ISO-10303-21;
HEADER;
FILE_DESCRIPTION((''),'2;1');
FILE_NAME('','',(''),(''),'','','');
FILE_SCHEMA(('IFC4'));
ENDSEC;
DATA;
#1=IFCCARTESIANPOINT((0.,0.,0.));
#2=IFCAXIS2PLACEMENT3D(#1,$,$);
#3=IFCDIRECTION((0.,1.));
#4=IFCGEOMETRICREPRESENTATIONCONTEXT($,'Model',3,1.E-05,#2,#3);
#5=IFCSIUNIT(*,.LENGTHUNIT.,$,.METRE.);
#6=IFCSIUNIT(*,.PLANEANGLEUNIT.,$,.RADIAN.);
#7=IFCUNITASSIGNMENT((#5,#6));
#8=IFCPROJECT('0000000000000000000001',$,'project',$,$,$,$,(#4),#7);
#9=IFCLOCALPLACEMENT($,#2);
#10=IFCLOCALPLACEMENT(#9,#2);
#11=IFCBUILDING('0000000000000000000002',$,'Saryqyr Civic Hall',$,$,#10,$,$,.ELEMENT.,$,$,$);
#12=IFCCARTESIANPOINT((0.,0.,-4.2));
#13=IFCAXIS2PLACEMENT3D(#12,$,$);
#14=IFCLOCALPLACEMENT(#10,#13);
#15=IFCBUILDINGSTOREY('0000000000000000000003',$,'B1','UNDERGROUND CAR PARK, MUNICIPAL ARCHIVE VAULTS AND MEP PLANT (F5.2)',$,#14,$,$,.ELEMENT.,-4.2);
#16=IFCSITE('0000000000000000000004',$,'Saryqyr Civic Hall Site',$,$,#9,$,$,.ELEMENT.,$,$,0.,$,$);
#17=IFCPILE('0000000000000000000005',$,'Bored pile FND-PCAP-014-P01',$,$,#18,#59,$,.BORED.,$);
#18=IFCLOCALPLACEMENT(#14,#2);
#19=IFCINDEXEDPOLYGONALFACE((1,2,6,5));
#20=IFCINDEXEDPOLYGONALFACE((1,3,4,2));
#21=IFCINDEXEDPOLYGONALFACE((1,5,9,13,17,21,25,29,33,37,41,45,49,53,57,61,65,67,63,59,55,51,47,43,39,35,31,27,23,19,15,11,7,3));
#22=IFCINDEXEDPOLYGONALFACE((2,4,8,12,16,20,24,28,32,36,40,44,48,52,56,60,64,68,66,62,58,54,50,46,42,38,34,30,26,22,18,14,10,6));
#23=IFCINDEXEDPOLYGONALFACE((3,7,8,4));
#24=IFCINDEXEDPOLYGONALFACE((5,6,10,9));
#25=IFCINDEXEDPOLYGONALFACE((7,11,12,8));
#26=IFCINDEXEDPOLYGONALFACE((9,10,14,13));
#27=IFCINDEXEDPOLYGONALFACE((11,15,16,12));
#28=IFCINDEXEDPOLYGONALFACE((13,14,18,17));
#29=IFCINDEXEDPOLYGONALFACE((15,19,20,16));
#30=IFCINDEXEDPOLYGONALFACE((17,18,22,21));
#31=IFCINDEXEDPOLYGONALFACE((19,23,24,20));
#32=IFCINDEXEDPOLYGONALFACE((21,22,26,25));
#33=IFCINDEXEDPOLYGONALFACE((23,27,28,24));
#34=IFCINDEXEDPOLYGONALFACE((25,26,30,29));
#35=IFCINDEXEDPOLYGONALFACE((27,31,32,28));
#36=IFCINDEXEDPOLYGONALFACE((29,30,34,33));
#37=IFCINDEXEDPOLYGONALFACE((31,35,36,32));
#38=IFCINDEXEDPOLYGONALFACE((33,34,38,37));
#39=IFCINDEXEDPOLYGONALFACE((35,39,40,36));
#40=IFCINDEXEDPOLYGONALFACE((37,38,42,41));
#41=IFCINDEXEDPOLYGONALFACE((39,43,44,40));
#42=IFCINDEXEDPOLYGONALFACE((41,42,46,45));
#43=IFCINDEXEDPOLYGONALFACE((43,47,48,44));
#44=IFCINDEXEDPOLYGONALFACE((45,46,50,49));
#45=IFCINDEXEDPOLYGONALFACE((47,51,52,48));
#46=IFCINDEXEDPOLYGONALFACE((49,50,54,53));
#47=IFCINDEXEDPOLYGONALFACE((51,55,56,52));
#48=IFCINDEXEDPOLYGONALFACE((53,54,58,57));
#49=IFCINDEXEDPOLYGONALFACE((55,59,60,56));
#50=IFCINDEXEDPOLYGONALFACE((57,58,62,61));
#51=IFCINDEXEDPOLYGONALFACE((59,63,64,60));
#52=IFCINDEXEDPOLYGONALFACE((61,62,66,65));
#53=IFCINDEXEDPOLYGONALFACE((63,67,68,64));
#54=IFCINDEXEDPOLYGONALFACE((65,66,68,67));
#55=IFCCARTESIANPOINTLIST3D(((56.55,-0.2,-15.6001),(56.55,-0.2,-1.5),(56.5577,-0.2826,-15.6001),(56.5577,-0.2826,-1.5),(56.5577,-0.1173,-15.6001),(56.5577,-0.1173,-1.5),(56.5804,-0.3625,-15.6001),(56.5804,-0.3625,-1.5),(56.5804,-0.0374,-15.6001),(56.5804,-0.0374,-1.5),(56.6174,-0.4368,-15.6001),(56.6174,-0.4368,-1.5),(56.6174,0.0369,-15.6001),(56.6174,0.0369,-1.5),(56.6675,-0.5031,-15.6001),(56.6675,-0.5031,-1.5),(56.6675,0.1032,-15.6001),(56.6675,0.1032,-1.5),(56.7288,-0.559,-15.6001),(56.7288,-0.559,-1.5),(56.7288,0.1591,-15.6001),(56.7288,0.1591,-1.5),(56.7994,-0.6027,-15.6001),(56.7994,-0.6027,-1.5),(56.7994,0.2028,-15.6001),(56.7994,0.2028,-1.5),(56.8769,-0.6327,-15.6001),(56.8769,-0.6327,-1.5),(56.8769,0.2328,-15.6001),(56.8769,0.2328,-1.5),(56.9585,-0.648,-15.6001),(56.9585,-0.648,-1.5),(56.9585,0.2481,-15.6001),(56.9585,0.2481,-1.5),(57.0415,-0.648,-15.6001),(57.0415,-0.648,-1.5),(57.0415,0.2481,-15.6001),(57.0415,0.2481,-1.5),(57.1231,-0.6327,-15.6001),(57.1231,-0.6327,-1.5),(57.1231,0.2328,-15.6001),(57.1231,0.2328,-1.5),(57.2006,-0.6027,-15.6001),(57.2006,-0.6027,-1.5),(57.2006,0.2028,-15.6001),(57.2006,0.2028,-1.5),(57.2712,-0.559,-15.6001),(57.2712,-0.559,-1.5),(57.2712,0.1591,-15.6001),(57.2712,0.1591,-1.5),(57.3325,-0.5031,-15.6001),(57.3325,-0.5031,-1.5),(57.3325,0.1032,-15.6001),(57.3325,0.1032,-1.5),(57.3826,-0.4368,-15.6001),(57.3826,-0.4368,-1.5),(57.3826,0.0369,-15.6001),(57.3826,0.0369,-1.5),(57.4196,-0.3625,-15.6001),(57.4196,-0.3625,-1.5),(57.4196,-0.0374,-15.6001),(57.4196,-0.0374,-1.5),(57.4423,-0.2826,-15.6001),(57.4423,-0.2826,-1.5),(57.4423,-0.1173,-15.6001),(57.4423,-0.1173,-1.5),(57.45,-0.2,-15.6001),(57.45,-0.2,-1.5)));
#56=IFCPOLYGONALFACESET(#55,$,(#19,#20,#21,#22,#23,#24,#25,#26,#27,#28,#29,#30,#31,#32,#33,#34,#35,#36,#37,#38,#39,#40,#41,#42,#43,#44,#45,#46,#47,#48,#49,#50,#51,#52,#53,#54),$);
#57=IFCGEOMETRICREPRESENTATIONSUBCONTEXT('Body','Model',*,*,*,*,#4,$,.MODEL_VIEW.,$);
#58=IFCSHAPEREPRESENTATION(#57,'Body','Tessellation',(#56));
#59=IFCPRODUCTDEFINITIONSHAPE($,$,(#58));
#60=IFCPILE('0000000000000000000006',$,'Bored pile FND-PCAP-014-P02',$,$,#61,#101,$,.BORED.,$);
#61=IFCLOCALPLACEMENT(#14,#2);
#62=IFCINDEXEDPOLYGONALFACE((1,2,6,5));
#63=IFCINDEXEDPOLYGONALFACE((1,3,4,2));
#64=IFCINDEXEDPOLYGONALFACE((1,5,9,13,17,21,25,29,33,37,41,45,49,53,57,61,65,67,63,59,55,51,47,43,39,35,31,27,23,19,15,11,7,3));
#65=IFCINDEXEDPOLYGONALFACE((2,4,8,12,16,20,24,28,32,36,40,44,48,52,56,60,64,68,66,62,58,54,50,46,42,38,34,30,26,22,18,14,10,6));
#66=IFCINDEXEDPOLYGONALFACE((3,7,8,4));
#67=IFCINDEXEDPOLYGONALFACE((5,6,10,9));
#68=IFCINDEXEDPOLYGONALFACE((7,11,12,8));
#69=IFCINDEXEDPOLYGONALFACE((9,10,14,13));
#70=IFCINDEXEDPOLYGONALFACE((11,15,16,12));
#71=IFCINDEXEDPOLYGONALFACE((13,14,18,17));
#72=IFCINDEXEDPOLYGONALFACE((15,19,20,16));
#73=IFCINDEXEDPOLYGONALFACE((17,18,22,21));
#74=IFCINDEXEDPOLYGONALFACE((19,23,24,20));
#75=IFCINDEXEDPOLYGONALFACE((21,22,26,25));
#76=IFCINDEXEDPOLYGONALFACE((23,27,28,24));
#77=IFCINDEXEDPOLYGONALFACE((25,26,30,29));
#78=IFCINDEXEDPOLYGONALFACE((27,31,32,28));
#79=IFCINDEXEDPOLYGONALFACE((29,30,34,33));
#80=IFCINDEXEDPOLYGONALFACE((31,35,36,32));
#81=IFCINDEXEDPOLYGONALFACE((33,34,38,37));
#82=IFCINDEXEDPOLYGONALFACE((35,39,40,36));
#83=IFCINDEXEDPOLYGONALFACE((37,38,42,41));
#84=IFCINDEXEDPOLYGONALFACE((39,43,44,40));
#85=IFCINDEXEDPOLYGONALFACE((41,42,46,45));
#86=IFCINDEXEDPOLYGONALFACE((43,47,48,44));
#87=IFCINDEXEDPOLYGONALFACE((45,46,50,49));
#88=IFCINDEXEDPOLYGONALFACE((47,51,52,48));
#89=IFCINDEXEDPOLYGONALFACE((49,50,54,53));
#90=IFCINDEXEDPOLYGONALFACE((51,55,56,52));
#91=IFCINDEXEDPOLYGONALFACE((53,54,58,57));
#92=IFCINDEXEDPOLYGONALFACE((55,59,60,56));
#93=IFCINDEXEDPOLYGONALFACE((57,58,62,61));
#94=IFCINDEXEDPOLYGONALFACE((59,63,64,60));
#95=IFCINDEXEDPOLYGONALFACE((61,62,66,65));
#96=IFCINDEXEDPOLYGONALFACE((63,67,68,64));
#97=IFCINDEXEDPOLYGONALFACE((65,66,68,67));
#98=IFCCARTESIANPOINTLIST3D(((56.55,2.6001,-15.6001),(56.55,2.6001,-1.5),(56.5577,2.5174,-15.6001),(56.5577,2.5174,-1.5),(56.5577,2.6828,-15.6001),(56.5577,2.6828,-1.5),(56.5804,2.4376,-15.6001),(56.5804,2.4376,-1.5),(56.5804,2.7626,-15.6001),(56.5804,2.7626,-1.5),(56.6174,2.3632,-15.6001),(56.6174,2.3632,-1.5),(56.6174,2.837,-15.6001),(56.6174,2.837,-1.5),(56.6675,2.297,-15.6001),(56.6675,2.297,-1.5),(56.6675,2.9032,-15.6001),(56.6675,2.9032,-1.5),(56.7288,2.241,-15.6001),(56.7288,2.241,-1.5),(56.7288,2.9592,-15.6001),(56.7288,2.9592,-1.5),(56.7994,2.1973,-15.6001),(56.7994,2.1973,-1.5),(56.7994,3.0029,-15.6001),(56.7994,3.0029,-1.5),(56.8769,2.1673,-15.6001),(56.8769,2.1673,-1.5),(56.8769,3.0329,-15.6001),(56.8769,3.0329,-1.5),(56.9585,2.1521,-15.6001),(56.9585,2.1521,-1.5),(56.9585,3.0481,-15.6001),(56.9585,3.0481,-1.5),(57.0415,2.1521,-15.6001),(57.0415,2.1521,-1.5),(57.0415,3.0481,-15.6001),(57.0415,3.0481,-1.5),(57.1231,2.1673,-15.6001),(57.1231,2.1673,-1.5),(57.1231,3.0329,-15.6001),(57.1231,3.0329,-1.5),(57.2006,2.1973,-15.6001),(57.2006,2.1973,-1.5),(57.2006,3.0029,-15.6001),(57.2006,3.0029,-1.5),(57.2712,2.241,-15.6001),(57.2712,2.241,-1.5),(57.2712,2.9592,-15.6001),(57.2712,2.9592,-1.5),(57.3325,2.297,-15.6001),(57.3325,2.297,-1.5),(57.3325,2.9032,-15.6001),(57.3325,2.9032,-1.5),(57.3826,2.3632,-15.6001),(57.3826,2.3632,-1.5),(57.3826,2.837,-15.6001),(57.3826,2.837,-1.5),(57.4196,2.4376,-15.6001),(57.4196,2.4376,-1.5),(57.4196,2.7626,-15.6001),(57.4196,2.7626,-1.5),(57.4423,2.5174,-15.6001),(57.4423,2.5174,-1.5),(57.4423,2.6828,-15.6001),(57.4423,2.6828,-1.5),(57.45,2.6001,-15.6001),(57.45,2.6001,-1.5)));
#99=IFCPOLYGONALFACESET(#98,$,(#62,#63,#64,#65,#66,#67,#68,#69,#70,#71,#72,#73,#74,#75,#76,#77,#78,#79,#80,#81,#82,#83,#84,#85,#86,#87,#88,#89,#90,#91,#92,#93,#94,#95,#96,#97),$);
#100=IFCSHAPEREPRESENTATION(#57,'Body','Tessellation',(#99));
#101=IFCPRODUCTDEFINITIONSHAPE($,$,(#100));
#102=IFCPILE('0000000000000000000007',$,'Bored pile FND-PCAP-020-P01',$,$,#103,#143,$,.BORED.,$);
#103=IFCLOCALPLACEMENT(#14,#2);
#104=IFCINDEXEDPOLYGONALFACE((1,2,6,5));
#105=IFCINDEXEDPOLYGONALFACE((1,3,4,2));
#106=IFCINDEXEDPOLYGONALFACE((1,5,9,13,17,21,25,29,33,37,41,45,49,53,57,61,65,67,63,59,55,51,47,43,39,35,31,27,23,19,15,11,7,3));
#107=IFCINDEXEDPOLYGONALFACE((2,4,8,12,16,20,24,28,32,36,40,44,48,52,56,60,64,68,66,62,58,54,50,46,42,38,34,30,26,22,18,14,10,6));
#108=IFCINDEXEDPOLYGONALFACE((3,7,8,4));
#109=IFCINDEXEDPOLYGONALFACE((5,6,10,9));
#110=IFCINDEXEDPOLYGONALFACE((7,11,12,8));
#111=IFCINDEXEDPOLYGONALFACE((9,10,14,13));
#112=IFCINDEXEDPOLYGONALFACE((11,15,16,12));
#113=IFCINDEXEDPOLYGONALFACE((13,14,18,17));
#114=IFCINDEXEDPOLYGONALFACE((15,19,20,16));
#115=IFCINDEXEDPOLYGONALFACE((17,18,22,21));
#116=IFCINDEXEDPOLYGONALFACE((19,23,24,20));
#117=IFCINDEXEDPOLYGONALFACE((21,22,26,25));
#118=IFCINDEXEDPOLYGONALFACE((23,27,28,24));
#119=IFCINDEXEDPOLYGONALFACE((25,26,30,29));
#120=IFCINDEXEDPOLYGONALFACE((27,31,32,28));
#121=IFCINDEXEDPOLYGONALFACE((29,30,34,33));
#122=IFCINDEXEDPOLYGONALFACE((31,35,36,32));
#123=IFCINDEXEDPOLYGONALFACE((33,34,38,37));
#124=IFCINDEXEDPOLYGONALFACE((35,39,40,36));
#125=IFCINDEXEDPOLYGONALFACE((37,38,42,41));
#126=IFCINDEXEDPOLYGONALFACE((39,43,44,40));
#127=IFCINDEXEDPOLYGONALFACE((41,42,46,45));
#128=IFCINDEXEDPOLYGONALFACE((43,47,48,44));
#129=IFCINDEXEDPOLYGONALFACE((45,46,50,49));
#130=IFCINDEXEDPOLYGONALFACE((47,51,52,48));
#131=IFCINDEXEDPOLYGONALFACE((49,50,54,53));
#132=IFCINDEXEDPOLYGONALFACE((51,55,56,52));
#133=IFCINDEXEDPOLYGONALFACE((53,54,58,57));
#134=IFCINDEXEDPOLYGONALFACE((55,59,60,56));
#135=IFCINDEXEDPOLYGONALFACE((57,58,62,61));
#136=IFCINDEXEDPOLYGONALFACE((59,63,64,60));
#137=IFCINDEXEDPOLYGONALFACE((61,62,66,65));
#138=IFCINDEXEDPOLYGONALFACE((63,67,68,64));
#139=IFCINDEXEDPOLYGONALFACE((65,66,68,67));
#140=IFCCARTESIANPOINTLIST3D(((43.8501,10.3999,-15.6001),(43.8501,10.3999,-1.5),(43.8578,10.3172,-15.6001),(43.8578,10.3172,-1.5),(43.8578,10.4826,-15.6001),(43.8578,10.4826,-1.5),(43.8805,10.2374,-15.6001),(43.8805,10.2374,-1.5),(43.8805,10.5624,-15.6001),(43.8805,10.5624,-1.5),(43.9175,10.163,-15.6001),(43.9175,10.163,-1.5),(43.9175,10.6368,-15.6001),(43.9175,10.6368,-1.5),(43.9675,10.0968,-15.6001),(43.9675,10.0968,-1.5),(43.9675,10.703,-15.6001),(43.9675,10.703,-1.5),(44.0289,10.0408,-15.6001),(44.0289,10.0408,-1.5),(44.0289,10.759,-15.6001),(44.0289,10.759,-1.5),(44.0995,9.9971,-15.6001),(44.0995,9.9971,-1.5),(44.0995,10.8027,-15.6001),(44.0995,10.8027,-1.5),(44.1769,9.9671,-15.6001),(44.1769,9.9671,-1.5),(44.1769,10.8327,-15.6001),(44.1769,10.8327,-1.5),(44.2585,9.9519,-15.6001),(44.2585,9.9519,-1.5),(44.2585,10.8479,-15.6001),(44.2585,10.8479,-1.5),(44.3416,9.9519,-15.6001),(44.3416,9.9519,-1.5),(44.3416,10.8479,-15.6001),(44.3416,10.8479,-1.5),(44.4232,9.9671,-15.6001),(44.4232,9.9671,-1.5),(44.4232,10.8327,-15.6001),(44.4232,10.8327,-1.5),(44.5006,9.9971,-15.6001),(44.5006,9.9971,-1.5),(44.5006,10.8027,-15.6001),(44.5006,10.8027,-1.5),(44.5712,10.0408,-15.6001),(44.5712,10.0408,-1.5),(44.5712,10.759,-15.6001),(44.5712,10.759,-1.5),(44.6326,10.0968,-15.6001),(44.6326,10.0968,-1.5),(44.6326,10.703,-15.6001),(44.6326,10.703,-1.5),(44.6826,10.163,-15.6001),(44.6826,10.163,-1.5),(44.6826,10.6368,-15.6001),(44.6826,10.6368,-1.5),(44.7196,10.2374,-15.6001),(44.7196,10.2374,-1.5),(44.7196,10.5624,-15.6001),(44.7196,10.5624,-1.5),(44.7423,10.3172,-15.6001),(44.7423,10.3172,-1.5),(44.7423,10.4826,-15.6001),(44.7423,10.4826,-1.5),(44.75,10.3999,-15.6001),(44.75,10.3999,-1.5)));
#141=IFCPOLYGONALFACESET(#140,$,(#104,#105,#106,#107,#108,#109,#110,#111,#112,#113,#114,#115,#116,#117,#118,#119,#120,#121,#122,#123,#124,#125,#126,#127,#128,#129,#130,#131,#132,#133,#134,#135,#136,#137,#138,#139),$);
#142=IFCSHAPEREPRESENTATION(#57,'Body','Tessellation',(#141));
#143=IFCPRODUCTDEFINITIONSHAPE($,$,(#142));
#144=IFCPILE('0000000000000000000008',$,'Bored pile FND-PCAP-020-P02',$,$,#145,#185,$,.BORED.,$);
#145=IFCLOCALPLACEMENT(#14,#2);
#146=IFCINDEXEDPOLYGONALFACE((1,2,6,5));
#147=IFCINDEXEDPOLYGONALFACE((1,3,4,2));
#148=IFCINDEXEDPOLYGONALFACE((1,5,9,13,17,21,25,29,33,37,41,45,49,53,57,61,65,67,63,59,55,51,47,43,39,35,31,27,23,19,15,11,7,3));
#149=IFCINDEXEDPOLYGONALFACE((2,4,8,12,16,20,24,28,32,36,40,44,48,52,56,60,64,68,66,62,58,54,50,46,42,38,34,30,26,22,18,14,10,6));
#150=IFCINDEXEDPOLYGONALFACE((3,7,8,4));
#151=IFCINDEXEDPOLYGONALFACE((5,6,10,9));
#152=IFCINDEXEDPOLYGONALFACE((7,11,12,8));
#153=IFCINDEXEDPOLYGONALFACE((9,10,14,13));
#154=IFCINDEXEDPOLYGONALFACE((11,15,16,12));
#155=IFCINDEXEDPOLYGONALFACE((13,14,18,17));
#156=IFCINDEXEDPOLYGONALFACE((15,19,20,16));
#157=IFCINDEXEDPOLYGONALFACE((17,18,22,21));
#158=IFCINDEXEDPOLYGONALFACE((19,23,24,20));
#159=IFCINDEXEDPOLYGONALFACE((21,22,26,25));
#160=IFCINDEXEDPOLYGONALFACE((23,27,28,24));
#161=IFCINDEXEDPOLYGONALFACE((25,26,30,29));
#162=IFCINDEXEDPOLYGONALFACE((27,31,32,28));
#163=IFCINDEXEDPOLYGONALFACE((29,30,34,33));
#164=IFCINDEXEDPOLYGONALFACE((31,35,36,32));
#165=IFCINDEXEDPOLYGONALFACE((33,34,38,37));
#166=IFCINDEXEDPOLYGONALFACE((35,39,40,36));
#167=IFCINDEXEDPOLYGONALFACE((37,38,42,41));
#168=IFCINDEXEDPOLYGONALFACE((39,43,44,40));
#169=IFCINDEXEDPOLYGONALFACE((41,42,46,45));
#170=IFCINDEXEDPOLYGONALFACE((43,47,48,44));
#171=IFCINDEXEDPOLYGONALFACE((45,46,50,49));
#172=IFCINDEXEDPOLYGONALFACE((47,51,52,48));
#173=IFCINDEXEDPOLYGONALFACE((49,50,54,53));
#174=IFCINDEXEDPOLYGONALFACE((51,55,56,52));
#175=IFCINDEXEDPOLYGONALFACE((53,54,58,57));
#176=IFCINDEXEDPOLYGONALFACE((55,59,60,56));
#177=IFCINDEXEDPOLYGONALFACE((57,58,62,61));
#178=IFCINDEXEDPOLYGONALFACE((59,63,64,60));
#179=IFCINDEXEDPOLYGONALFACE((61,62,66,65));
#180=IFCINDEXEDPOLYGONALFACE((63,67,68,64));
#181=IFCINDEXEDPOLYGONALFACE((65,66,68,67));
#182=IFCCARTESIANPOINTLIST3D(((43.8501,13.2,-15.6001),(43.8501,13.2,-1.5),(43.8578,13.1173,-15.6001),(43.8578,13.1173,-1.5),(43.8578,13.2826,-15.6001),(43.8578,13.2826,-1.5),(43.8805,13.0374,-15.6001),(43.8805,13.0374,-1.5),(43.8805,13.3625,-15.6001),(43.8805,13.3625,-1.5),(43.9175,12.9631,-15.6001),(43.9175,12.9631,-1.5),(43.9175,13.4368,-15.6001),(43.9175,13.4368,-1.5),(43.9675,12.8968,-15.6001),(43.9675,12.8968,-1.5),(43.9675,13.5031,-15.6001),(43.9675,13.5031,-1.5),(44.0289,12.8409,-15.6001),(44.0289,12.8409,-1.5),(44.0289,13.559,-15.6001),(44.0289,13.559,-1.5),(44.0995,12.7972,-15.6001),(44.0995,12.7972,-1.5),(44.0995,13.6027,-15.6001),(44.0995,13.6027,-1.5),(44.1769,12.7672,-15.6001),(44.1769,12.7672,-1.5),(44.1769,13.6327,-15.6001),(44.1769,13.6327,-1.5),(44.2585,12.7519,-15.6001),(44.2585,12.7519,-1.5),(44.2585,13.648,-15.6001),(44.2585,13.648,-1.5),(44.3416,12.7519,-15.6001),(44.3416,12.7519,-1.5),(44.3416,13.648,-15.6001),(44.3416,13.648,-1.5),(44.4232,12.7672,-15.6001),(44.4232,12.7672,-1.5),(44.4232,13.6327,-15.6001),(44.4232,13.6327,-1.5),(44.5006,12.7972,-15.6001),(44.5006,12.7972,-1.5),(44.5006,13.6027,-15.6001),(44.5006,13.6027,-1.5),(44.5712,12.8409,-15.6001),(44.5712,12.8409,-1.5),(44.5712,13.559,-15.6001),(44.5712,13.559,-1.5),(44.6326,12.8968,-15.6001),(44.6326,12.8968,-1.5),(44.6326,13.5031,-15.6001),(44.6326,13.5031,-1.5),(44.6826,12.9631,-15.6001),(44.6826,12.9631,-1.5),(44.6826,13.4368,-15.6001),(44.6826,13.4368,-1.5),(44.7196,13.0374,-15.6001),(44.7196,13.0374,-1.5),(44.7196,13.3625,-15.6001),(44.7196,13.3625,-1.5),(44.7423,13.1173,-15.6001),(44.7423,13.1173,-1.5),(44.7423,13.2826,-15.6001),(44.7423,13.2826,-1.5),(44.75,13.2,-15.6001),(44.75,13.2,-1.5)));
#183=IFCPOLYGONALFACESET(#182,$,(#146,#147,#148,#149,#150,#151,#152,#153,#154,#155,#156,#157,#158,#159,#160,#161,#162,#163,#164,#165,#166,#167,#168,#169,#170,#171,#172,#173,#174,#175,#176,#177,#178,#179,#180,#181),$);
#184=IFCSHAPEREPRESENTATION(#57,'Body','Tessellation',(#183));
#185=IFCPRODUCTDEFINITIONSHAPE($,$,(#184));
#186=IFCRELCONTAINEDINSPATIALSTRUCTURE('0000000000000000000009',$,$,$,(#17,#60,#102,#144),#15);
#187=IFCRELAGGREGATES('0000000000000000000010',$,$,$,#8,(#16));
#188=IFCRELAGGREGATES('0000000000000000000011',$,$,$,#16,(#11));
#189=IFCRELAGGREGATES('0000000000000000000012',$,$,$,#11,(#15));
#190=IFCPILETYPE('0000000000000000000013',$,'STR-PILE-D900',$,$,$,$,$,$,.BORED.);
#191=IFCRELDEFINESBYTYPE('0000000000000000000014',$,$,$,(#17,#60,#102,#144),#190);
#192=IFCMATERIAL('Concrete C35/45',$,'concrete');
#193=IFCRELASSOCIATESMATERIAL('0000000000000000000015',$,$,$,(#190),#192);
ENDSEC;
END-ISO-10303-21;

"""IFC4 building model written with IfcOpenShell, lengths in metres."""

from ifc_helpers import new_model, si_unit, direction, frame, origin, origin_2d, place, context, subcontext, project, spatial, circle, extrude, material, material_profile, profile_set, type_object, element, save


model = new_model("IFC4")

# Units and contexts
model_context = context("Model", 3, precision=1e-05, world=origin(), true_north=direction((0.0, 1.0)))
body_context = subcontext(model_context, "Body", "Model", "MODEL_VIEW")
ifc_project = project(units=[si_unit("LENGTHUNIT", "METRE"), si_unit("PLANEANGLEUNIT", "RADIAN")], contexts=[model_context])

# Site, building, storey
site_placement = place(None, origin())
site = spatial("IfcSite", under=ifc_project, at=site_placement, Name="Saryqyr Civic Hall Site", CompositionType="ELEMENT", RefElevation=0.0)
building_placement = place(site_placement, origin())
building = spatial("IfcBuilding", under=site, at=building_placement, Name="Saryqyr Civic Hall", CompositionType="ELEMENT")
storey_placement = place(building_placement, frame((0.0, 0.0, -4.2)))
storey = spatial("IfcBuildingStorey", under=building, at=storey_placement, Name="B1", Description="UNDERGROUND CAR PARK, MUNICIPAL ARCHIVE VAULTS AND MEP PLANT (F5.2)", CompositionType="ELEMENT", Elevation=-4.2)

# Shared definitions
ifc_material_1 = material(Name="Concrete C35/45", Category="concrete")

# Piles
ifc_material_profile_1 = material_profile(ifc_material_1, circle(Radius=0.45, at=origin_2d()), Name="BORED PILE D900")
ifc_profile_set_1 = profile_set([ifc_material_profile_1], Name="Concrete C35/45")
pile_type = type_object("IfcPileType", Name="STR-PILE-D900", PredefinedType="BORED", material=ifc_profile_set_1)
for number, where, z_axis, x_axis, name in (
    (1, (57.0, -0.2, -1.5), (0.0, 0.0, -1.0), (1.0, 0.0, 0.0), "Bored pile FND-PCAP-014-P01"),
    (2, (57.0, 2.6001, -1.5), (0.0, 0.0, -1.0), (1.0, 0.0, 0.0), "Bored pile FND-PCAP-014-P02"),
    (3, (44.3, 10.3999, -1.5), (0.0, 0.0, -1.0), (1.0, 0.0, 0.0), "Bored pile FND-PCAP-020-P01"),
    (4, (44.3, 13.2, -1.5), (0.0, 0.0, -1.0), (1.0, 0.0, 0.0), "Bored pile FND-PCAP-020-P02"),
):
    element("IfcPile", number, at=place(storey_placement, frame(where, z_axis=z_axis, x_axis=x_axis)), inside=storey, type_object=pile_type, Name=name, PredefinedType="BORED", context=body_context, shape_type="SweptSolid", body=[
        extrude(circle(Radius=0.45, at=origin_2d()), origin(), (0.0, 0.0, 1.0), 14.1001),
    ])

save(model, "model.ifc")
